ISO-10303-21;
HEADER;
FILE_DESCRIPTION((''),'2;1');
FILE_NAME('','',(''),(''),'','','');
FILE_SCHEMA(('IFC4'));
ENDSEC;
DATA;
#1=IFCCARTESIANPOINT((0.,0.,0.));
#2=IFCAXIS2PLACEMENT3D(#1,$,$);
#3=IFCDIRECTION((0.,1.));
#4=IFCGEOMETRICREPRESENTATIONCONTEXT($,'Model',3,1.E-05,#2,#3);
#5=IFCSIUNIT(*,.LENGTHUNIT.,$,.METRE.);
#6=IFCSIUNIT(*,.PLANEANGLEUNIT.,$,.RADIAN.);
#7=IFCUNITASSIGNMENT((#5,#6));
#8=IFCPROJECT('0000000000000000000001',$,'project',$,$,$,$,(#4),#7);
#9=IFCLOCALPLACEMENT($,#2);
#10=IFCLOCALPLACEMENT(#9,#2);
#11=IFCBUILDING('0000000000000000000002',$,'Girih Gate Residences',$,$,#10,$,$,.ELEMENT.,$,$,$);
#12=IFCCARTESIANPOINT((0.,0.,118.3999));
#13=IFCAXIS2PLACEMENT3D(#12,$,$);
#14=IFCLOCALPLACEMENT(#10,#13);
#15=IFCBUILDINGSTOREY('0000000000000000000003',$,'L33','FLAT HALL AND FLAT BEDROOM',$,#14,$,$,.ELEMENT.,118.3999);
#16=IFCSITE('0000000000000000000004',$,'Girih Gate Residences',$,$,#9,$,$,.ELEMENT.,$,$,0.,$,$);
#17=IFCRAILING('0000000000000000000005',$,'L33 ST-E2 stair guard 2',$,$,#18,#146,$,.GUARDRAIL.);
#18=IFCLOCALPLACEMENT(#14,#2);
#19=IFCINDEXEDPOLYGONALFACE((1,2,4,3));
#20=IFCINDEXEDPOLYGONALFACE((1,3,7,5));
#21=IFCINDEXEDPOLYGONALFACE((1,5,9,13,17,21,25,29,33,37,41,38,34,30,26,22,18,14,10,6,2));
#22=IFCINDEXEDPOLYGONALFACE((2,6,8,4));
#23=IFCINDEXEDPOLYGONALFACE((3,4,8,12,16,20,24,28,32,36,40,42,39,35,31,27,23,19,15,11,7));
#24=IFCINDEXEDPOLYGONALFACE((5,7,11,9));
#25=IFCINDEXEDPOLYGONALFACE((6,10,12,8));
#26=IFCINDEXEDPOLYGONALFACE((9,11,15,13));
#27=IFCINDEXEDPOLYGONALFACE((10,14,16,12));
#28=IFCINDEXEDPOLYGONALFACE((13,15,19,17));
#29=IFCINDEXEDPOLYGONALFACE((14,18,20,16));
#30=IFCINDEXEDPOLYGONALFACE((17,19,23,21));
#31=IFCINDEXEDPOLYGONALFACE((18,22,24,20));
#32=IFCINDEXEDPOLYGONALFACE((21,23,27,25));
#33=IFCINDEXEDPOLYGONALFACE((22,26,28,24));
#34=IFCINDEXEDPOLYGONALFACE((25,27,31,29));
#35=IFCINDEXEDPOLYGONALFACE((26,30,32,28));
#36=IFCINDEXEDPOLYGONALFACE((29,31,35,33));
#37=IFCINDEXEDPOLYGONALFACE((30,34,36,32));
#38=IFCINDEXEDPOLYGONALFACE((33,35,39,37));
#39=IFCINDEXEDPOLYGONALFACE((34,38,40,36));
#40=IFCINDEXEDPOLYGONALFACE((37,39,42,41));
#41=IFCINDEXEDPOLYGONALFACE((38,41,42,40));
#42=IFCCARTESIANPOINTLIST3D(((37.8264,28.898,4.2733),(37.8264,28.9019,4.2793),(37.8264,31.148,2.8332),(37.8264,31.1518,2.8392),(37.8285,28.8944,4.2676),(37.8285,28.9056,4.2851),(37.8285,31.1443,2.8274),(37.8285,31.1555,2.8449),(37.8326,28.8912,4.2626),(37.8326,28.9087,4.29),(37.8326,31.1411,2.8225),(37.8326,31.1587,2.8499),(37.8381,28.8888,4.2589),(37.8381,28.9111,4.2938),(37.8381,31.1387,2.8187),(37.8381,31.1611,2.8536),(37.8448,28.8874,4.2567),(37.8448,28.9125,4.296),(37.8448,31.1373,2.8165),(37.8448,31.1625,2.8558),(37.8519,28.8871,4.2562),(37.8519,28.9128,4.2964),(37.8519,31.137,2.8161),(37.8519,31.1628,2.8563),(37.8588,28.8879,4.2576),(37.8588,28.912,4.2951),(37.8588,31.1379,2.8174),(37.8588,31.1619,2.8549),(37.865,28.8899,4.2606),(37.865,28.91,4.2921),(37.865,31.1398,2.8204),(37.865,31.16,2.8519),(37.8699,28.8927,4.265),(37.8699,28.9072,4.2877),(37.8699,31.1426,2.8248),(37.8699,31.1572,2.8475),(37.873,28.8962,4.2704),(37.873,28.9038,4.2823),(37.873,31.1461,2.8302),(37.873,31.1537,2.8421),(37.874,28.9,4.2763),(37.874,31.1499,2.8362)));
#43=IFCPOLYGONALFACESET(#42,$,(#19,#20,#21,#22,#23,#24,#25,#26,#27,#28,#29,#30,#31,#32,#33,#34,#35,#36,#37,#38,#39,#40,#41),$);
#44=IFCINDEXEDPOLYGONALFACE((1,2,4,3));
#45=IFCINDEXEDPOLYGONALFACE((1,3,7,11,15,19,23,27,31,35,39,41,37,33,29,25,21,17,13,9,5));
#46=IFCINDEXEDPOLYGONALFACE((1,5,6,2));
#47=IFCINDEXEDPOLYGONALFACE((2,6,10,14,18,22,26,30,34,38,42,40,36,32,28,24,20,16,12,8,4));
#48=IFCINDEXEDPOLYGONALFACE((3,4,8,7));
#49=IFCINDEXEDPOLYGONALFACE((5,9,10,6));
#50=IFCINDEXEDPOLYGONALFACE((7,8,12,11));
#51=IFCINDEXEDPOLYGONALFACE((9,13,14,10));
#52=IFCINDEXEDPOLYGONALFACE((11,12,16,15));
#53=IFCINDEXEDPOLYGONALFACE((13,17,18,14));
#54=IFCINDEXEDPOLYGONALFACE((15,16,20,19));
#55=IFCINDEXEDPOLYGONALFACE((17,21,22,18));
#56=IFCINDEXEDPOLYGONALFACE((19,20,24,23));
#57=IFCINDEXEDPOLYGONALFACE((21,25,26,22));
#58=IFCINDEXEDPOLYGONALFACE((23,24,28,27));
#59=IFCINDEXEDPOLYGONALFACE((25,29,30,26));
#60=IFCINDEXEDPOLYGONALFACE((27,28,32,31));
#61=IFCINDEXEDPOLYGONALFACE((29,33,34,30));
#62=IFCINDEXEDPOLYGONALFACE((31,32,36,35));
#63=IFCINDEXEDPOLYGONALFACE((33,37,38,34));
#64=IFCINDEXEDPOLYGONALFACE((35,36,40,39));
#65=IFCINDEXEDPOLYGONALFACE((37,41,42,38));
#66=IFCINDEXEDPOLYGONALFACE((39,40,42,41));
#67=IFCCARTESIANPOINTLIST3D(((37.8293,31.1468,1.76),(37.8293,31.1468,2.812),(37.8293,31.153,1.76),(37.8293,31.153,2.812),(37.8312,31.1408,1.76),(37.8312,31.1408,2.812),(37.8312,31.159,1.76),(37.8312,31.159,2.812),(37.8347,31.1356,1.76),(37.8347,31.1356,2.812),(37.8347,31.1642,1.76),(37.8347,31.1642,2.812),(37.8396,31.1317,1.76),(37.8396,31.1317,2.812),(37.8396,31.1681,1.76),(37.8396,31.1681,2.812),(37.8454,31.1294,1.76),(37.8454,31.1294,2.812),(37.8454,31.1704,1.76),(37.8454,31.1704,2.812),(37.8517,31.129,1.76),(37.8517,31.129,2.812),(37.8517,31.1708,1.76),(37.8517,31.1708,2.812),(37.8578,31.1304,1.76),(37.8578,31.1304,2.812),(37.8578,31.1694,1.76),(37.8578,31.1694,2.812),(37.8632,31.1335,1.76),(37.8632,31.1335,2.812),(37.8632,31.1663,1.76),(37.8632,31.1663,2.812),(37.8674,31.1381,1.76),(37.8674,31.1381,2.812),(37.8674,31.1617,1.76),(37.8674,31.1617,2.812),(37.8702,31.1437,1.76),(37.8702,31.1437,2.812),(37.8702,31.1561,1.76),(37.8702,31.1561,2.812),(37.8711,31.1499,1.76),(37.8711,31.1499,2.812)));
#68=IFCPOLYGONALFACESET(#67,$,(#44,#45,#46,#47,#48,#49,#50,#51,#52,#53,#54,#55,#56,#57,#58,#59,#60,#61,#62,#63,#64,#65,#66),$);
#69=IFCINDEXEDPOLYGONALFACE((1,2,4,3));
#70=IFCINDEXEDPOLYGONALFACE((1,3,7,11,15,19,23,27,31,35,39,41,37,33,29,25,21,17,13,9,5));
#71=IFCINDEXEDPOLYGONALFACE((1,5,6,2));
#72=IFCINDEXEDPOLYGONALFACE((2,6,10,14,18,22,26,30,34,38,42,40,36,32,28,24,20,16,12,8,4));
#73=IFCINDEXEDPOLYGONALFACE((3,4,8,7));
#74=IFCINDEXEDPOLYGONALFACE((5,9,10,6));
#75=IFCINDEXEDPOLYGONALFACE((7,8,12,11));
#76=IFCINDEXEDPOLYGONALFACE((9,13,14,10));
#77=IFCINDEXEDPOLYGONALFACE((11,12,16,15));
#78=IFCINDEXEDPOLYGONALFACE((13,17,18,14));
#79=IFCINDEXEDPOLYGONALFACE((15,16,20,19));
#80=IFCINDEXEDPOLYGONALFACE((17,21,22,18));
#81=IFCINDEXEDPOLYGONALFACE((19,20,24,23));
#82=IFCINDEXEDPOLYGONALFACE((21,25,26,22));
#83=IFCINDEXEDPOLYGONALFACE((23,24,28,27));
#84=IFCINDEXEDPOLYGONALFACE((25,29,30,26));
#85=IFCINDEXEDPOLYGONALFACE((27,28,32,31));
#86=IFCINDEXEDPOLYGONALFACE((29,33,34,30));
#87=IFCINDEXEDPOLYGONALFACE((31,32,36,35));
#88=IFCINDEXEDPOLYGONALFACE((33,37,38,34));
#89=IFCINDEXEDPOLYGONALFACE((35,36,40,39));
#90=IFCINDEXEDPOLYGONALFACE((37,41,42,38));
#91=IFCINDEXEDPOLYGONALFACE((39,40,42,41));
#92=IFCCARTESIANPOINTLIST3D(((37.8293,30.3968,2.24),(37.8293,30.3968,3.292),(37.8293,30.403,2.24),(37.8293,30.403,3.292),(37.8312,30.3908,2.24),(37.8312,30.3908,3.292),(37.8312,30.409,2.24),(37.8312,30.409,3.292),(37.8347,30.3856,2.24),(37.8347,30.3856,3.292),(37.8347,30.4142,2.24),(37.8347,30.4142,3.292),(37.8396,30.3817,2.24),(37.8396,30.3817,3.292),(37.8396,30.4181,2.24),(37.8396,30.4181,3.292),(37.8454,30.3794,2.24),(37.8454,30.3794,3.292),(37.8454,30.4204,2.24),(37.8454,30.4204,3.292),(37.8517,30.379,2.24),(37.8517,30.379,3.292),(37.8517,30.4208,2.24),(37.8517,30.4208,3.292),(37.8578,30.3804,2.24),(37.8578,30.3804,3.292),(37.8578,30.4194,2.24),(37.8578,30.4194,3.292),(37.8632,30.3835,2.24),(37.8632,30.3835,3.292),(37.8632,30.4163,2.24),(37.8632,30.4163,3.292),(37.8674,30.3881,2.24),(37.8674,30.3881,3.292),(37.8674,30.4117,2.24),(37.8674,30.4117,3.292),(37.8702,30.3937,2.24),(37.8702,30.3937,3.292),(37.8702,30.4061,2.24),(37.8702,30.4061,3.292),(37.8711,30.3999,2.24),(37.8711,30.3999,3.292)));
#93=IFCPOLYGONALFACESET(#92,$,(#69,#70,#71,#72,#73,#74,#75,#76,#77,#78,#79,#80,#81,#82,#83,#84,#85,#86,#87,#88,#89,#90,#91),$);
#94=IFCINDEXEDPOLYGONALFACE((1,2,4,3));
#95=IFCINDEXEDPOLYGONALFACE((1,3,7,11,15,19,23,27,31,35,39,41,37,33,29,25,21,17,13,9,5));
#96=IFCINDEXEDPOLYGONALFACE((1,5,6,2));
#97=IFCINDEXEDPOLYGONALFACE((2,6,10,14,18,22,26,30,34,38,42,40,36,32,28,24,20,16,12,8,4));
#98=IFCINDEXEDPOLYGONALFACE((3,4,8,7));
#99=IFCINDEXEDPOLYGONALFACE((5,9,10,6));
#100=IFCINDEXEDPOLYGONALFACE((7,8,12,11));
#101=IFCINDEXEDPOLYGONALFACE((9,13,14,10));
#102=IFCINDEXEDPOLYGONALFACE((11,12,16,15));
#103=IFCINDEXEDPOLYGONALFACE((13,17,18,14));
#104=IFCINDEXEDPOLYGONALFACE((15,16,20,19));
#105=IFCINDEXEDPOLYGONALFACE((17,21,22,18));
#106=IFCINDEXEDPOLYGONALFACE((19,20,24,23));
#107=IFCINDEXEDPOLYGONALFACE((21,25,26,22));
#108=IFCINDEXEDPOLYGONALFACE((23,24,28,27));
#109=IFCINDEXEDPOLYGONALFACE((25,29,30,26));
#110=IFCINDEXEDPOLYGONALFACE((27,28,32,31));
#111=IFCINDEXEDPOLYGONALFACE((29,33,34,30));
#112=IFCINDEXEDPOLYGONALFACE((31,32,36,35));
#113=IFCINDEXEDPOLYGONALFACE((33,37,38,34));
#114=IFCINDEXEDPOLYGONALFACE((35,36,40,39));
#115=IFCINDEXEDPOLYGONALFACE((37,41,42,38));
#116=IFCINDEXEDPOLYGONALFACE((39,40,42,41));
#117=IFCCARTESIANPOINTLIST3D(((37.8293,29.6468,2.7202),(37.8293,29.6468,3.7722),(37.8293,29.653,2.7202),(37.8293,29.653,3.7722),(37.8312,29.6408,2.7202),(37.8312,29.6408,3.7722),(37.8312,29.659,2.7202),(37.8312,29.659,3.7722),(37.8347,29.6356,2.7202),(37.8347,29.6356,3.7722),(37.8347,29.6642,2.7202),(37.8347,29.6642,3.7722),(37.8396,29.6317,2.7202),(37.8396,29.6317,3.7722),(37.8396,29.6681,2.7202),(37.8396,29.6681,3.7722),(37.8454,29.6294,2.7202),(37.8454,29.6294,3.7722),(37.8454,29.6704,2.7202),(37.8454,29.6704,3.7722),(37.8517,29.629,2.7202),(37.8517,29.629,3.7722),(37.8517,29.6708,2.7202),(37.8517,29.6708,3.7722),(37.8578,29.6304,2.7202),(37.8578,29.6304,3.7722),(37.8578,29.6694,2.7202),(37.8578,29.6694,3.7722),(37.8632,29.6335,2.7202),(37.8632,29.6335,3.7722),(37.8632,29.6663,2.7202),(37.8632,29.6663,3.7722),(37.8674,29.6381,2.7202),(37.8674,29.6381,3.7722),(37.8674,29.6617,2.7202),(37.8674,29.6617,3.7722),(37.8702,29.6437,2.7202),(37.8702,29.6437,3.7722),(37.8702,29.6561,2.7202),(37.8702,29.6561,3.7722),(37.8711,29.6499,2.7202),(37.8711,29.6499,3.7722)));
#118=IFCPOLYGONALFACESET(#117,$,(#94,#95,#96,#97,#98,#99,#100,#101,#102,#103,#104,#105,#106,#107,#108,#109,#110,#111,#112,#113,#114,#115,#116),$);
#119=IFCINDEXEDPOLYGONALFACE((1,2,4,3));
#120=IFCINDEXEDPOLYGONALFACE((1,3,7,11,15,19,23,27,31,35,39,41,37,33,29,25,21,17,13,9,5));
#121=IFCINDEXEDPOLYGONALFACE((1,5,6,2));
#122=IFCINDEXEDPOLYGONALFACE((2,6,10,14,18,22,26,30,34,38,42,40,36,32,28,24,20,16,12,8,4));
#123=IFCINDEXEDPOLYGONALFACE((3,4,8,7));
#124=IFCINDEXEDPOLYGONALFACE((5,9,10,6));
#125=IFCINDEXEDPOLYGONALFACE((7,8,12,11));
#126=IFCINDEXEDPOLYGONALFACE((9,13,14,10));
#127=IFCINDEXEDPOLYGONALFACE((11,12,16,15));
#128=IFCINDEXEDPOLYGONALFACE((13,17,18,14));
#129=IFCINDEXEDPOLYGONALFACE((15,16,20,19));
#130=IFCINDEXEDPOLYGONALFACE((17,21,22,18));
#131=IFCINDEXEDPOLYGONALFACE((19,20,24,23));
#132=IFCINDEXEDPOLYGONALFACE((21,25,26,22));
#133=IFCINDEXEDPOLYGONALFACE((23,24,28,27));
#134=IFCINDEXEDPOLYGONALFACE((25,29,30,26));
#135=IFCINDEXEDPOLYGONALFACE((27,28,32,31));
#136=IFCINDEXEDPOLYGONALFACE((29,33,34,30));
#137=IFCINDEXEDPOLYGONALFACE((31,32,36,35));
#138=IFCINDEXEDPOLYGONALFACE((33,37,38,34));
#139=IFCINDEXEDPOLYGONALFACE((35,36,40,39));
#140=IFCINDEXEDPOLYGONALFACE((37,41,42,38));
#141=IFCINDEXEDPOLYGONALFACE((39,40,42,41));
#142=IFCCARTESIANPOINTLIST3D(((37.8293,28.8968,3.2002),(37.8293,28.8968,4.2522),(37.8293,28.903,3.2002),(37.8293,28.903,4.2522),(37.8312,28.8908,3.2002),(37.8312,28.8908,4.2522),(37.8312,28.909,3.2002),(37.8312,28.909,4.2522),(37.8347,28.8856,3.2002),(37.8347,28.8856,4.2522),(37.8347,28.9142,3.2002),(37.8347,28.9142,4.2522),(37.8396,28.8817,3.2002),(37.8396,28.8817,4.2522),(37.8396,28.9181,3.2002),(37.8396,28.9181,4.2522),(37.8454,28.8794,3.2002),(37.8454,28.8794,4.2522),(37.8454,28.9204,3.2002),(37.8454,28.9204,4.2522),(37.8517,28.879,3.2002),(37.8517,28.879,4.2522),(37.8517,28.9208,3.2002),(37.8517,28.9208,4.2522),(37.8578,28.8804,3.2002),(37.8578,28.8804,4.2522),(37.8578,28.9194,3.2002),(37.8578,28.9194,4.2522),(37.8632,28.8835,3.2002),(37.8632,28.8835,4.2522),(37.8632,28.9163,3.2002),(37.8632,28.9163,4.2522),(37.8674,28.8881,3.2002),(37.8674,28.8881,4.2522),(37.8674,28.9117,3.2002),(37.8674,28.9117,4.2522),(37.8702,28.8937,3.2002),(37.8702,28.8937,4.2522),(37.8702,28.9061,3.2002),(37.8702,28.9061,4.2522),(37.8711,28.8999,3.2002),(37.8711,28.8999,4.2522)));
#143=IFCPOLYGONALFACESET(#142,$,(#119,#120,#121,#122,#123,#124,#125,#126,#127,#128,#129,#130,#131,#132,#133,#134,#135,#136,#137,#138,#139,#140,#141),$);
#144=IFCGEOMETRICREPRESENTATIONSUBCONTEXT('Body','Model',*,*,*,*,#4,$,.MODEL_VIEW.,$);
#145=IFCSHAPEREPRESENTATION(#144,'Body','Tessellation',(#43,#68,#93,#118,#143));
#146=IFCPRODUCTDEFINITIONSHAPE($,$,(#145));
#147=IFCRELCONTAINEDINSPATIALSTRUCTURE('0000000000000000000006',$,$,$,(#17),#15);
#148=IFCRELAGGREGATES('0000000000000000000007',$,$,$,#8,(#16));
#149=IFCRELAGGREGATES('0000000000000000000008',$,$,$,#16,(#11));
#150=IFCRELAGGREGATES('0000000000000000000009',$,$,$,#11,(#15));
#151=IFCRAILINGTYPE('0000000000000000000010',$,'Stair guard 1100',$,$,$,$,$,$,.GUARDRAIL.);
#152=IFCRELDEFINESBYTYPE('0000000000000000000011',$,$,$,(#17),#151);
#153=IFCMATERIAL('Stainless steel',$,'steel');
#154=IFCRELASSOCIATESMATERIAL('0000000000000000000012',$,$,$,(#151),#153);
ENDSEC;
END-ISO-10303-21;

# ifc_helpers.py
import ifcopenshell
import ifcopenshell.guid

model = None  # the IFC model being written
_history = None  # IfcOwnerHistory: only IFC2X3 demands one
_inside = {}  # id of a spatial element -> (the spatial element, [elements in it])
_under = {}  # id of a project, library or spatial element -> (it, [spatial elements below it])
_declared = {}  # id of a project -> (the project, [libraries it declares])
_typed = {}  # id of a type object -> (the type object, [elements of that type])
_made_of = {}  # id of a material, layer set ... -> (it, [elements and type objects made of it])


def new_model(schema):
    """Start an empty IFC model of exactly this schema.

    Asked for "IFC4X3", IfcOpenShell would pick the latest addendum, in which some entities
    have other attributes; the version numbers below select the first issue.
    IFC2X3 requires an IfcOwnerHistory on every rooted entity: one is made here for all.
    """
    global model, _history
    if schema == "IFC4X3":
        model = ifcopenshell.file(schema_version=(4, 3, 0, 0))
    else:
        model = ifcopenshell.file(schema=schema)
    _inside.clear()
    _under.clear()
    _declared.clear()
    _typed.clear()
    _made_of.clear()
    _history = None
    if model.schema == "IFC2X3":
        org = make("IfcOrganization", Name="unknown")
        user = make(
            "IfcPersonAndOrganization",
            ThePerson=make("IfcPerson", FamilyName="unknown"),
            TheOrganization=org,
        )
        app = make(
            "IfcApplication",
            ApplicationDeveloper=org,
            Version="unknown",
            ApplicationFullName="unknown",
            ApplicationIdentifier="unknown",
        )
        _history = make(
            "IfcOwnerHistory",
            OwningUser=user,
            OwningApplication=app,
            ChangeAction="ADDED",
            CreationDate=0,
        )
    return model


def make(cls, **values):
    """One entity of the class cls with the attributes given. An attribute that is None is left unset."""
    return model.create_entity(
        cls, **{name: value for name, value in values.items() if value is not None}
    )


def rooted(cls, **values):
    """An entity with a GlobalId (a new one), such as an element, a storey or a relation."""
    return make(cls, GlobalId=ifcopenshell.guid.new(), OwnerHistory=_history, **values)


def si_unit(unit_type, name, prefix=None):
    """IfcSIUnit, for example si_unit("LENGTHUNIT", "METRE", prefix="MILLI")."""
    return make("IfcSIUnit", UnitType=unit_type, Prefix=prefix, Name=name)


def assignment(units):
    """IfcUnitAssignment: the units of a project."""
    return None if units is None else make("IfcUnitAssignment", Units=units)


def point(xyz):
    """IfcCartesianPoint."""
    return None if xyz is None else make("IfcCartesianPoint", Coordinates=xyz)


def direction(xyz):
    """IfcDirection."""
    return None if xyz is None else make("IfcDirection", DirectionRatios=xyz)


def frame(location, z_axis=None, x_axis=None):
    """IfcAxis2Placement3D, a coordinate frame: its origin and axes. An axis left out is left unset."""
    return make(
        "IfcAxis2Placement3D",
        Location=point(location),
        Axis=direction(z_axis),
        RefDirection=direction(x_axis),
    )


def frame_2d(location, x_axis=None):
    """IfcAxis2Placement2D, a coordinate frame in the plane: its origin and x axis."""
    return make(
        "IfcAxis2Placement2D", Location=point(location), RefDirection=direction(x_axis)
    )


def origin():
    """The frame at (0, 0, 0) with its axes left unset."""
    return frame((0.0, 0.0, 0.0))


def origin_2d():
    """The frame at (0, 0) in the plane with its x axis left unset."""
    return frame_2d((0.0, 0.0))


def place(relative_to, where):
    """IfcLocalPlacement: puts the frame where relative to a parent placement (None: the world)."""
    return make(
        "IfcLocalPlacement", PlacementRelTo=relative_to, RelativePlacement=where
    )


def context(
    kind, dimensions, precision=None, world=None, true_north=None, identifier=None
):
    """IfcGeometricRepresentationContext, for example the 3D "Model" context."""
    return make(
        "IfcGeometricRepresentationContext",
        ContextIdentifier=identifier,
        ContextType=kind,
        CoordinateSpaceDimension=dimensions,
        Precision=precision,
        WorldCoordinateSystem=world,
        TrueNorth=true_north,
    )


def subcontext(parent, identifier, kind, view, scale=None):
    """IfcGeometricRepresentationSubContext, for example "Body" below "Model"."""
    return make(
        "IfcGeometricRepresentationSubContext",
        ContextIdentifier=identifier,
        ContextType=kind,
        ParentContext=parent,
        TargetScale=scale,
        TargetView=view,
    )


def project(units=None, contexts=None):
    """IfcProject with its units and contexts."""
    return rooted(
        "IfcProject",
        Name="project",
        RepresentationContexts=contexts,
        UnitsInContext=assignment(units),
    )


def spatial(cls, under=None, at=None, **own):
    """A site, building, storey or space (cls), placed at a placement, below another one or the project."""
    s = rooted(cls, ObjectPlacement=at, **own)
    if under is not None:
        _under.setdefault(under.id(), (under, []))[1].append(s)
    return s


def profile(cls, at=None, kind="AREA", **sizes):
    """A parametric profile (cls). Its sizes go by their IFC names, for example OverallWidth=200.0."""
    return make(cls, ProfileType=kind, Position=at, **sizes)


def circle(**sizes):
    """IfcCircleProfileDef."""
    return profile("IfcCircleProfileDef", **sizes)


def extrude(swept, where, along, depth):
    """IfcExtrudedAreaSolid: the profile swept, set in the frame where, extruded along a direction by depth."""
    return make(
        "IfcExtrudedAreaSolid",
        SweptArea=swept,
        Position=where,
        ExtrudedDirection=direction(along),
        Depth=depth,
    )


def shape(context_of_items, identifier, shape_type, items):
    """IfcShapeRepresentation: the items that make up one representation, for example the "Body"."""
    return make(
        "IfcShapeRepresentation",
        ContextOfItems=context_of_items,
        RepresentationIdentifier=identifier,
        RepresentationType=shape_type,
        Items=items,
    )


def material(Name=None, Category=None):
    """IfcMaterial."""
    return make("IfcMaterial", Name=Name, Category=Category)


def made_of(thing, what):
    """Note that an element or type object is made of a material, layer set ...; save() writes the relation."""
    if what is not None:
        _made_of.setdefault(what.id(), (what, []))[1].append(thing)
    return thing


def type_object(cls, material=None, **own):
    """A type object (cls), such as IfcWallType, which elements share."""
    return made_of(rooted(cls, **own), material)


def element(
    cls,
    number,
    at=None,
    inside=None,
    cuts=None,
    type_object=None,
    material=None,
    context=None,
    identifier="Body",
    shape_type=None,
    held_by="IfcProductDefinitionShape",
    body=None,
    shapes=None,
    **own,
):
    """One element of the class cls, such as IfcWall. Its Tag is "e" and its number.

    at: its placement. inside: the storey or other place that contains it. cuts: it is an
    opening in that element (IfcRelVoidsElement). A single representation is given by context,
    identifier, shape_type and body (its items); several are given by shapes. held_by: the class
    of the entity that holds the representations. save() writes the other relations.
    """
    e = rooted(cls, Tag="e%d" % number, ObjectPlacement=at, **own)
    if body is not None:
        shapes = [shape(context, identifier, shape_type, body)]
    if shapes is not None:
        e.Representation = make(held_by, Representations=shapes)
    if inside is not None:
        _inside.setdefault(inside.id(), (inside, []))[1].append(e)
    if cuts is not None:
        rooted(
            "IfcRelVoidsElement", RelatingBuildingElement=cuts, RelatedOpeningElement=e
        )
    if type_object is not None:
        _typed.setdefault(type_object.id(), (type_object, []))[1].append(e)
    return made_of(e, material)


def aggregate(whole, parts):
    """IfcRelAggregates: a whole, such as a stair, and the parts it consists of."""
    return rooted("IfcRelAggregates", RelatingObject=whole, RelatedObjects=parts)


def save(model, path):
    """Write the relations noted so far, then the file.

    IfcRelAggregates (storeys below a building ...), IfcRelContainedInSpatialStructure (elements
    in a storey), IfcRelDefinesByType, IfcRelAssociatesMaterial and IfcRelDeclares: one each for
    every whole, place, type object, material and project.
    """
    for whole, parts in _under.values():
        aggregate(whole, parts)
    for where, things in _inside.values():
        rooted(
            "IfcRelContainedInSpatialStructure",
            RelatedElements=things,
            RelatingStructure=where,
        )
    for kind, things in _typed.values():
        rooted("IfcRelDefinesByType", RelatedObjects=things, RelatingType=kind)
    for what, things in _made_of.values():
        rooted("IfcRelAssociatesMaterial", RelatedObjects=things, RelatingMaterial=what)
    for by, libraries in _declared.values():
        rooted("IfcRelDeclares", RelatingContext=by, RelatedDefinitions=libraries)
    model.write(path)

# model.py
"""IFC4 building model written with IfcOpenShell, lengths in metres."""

from ifc_helpers import new_model, si_unit, direction, frame, origin, origin_2d, place, context, subcontext, project, spatial, circle, extrude, material, type_object, element, save


model = new_model("IFC4")

# Units and contexts
model_context = context("Model", 3, precision=1e-05, world=origin(), true_north=direction((0.0, 1.0)))
body_context = subcontext(model_context, "Body", "Model", "MODEL_VIEW")
ifc_project = project(units=[si_unit("LENGTHUNIT", "METRE"), si_unit("PLANEANGLEUNIT", "RADIAN")], contexts=[model_context])

# Site, building, storey
site_placement = place(None, origin())
site = spatial("IfcSite", under=ifc_project, at=site_placement, Name="Girih Gate Residences", CompositionType="ELEMENT", RefElevation=0.0)
building_placement = place(site_placement, origin())
building = spatial("IfcBuilding", under=site, at=building_placement, Name="Girih Gate Residences", CompositionType="ELEMENT")
storey_placement = place(building_placement, frame((0.0, 0.0, 118.3999)))
storey = spatial("IfcBuildingStorey", under=building, at=storey_placement, Name="L33", Description="FLAT HALL AND FLAT BEDROOM", CompositionType="ELEMENT", Elevation=118.3999)

# Railing
ifc_material_1 = material(Name="Stainless steel", Category="steel")
railing_type_1 = type_object("IfcRailingType", Name="Stair guard 1100", PredefinedType="GUARDRAIL", material=ifc_material_1)
railing_1_placement = place(storey_placement, frame((37.8501, 31.1499, 1.76)))
element("IfcRailing", 1, at=railing_1_placement, inside=storey, type_object=railing_type_1, Name="L33 ST-E2 stair guard 2", PredefinedType="GUARDRAIL", context=body_context, shape_type="SweptSolid", body=[
    extrude(circle(Radius=0.0239, at=origin_2d()), frame((0.0, 0.0, 1.0762), z_axis=(0.0, -0.84224, 0.539103), x_axis=(1.0, 0.0, 0.0)), (0.0, 0.0, 1.0), 2.6714),
    extrude(circle(Radius=0.021, at=origin_2d()), origin(), (0.0, 0.0, 1.0), 1.052),
    extrude(circle(Radius=0.021, at=origin_2d()), frame((0.0, -0.75, 0.48)), (0.0, 0.0, 1.0), 1.052),
    extrude(circle(Radius=0.021, at=origin_2d()), frame((0.0, -1.5, 0.9602)), (0.0, 0.0, 1.0), 1.052),
    extrude(circle(Radius=0.021, at=origin_2d()), frame((0.0, -2.25, 1.4402)), (0.0, 0.0, 1.0), 1.052),
])

save(model, "model.ifc")
